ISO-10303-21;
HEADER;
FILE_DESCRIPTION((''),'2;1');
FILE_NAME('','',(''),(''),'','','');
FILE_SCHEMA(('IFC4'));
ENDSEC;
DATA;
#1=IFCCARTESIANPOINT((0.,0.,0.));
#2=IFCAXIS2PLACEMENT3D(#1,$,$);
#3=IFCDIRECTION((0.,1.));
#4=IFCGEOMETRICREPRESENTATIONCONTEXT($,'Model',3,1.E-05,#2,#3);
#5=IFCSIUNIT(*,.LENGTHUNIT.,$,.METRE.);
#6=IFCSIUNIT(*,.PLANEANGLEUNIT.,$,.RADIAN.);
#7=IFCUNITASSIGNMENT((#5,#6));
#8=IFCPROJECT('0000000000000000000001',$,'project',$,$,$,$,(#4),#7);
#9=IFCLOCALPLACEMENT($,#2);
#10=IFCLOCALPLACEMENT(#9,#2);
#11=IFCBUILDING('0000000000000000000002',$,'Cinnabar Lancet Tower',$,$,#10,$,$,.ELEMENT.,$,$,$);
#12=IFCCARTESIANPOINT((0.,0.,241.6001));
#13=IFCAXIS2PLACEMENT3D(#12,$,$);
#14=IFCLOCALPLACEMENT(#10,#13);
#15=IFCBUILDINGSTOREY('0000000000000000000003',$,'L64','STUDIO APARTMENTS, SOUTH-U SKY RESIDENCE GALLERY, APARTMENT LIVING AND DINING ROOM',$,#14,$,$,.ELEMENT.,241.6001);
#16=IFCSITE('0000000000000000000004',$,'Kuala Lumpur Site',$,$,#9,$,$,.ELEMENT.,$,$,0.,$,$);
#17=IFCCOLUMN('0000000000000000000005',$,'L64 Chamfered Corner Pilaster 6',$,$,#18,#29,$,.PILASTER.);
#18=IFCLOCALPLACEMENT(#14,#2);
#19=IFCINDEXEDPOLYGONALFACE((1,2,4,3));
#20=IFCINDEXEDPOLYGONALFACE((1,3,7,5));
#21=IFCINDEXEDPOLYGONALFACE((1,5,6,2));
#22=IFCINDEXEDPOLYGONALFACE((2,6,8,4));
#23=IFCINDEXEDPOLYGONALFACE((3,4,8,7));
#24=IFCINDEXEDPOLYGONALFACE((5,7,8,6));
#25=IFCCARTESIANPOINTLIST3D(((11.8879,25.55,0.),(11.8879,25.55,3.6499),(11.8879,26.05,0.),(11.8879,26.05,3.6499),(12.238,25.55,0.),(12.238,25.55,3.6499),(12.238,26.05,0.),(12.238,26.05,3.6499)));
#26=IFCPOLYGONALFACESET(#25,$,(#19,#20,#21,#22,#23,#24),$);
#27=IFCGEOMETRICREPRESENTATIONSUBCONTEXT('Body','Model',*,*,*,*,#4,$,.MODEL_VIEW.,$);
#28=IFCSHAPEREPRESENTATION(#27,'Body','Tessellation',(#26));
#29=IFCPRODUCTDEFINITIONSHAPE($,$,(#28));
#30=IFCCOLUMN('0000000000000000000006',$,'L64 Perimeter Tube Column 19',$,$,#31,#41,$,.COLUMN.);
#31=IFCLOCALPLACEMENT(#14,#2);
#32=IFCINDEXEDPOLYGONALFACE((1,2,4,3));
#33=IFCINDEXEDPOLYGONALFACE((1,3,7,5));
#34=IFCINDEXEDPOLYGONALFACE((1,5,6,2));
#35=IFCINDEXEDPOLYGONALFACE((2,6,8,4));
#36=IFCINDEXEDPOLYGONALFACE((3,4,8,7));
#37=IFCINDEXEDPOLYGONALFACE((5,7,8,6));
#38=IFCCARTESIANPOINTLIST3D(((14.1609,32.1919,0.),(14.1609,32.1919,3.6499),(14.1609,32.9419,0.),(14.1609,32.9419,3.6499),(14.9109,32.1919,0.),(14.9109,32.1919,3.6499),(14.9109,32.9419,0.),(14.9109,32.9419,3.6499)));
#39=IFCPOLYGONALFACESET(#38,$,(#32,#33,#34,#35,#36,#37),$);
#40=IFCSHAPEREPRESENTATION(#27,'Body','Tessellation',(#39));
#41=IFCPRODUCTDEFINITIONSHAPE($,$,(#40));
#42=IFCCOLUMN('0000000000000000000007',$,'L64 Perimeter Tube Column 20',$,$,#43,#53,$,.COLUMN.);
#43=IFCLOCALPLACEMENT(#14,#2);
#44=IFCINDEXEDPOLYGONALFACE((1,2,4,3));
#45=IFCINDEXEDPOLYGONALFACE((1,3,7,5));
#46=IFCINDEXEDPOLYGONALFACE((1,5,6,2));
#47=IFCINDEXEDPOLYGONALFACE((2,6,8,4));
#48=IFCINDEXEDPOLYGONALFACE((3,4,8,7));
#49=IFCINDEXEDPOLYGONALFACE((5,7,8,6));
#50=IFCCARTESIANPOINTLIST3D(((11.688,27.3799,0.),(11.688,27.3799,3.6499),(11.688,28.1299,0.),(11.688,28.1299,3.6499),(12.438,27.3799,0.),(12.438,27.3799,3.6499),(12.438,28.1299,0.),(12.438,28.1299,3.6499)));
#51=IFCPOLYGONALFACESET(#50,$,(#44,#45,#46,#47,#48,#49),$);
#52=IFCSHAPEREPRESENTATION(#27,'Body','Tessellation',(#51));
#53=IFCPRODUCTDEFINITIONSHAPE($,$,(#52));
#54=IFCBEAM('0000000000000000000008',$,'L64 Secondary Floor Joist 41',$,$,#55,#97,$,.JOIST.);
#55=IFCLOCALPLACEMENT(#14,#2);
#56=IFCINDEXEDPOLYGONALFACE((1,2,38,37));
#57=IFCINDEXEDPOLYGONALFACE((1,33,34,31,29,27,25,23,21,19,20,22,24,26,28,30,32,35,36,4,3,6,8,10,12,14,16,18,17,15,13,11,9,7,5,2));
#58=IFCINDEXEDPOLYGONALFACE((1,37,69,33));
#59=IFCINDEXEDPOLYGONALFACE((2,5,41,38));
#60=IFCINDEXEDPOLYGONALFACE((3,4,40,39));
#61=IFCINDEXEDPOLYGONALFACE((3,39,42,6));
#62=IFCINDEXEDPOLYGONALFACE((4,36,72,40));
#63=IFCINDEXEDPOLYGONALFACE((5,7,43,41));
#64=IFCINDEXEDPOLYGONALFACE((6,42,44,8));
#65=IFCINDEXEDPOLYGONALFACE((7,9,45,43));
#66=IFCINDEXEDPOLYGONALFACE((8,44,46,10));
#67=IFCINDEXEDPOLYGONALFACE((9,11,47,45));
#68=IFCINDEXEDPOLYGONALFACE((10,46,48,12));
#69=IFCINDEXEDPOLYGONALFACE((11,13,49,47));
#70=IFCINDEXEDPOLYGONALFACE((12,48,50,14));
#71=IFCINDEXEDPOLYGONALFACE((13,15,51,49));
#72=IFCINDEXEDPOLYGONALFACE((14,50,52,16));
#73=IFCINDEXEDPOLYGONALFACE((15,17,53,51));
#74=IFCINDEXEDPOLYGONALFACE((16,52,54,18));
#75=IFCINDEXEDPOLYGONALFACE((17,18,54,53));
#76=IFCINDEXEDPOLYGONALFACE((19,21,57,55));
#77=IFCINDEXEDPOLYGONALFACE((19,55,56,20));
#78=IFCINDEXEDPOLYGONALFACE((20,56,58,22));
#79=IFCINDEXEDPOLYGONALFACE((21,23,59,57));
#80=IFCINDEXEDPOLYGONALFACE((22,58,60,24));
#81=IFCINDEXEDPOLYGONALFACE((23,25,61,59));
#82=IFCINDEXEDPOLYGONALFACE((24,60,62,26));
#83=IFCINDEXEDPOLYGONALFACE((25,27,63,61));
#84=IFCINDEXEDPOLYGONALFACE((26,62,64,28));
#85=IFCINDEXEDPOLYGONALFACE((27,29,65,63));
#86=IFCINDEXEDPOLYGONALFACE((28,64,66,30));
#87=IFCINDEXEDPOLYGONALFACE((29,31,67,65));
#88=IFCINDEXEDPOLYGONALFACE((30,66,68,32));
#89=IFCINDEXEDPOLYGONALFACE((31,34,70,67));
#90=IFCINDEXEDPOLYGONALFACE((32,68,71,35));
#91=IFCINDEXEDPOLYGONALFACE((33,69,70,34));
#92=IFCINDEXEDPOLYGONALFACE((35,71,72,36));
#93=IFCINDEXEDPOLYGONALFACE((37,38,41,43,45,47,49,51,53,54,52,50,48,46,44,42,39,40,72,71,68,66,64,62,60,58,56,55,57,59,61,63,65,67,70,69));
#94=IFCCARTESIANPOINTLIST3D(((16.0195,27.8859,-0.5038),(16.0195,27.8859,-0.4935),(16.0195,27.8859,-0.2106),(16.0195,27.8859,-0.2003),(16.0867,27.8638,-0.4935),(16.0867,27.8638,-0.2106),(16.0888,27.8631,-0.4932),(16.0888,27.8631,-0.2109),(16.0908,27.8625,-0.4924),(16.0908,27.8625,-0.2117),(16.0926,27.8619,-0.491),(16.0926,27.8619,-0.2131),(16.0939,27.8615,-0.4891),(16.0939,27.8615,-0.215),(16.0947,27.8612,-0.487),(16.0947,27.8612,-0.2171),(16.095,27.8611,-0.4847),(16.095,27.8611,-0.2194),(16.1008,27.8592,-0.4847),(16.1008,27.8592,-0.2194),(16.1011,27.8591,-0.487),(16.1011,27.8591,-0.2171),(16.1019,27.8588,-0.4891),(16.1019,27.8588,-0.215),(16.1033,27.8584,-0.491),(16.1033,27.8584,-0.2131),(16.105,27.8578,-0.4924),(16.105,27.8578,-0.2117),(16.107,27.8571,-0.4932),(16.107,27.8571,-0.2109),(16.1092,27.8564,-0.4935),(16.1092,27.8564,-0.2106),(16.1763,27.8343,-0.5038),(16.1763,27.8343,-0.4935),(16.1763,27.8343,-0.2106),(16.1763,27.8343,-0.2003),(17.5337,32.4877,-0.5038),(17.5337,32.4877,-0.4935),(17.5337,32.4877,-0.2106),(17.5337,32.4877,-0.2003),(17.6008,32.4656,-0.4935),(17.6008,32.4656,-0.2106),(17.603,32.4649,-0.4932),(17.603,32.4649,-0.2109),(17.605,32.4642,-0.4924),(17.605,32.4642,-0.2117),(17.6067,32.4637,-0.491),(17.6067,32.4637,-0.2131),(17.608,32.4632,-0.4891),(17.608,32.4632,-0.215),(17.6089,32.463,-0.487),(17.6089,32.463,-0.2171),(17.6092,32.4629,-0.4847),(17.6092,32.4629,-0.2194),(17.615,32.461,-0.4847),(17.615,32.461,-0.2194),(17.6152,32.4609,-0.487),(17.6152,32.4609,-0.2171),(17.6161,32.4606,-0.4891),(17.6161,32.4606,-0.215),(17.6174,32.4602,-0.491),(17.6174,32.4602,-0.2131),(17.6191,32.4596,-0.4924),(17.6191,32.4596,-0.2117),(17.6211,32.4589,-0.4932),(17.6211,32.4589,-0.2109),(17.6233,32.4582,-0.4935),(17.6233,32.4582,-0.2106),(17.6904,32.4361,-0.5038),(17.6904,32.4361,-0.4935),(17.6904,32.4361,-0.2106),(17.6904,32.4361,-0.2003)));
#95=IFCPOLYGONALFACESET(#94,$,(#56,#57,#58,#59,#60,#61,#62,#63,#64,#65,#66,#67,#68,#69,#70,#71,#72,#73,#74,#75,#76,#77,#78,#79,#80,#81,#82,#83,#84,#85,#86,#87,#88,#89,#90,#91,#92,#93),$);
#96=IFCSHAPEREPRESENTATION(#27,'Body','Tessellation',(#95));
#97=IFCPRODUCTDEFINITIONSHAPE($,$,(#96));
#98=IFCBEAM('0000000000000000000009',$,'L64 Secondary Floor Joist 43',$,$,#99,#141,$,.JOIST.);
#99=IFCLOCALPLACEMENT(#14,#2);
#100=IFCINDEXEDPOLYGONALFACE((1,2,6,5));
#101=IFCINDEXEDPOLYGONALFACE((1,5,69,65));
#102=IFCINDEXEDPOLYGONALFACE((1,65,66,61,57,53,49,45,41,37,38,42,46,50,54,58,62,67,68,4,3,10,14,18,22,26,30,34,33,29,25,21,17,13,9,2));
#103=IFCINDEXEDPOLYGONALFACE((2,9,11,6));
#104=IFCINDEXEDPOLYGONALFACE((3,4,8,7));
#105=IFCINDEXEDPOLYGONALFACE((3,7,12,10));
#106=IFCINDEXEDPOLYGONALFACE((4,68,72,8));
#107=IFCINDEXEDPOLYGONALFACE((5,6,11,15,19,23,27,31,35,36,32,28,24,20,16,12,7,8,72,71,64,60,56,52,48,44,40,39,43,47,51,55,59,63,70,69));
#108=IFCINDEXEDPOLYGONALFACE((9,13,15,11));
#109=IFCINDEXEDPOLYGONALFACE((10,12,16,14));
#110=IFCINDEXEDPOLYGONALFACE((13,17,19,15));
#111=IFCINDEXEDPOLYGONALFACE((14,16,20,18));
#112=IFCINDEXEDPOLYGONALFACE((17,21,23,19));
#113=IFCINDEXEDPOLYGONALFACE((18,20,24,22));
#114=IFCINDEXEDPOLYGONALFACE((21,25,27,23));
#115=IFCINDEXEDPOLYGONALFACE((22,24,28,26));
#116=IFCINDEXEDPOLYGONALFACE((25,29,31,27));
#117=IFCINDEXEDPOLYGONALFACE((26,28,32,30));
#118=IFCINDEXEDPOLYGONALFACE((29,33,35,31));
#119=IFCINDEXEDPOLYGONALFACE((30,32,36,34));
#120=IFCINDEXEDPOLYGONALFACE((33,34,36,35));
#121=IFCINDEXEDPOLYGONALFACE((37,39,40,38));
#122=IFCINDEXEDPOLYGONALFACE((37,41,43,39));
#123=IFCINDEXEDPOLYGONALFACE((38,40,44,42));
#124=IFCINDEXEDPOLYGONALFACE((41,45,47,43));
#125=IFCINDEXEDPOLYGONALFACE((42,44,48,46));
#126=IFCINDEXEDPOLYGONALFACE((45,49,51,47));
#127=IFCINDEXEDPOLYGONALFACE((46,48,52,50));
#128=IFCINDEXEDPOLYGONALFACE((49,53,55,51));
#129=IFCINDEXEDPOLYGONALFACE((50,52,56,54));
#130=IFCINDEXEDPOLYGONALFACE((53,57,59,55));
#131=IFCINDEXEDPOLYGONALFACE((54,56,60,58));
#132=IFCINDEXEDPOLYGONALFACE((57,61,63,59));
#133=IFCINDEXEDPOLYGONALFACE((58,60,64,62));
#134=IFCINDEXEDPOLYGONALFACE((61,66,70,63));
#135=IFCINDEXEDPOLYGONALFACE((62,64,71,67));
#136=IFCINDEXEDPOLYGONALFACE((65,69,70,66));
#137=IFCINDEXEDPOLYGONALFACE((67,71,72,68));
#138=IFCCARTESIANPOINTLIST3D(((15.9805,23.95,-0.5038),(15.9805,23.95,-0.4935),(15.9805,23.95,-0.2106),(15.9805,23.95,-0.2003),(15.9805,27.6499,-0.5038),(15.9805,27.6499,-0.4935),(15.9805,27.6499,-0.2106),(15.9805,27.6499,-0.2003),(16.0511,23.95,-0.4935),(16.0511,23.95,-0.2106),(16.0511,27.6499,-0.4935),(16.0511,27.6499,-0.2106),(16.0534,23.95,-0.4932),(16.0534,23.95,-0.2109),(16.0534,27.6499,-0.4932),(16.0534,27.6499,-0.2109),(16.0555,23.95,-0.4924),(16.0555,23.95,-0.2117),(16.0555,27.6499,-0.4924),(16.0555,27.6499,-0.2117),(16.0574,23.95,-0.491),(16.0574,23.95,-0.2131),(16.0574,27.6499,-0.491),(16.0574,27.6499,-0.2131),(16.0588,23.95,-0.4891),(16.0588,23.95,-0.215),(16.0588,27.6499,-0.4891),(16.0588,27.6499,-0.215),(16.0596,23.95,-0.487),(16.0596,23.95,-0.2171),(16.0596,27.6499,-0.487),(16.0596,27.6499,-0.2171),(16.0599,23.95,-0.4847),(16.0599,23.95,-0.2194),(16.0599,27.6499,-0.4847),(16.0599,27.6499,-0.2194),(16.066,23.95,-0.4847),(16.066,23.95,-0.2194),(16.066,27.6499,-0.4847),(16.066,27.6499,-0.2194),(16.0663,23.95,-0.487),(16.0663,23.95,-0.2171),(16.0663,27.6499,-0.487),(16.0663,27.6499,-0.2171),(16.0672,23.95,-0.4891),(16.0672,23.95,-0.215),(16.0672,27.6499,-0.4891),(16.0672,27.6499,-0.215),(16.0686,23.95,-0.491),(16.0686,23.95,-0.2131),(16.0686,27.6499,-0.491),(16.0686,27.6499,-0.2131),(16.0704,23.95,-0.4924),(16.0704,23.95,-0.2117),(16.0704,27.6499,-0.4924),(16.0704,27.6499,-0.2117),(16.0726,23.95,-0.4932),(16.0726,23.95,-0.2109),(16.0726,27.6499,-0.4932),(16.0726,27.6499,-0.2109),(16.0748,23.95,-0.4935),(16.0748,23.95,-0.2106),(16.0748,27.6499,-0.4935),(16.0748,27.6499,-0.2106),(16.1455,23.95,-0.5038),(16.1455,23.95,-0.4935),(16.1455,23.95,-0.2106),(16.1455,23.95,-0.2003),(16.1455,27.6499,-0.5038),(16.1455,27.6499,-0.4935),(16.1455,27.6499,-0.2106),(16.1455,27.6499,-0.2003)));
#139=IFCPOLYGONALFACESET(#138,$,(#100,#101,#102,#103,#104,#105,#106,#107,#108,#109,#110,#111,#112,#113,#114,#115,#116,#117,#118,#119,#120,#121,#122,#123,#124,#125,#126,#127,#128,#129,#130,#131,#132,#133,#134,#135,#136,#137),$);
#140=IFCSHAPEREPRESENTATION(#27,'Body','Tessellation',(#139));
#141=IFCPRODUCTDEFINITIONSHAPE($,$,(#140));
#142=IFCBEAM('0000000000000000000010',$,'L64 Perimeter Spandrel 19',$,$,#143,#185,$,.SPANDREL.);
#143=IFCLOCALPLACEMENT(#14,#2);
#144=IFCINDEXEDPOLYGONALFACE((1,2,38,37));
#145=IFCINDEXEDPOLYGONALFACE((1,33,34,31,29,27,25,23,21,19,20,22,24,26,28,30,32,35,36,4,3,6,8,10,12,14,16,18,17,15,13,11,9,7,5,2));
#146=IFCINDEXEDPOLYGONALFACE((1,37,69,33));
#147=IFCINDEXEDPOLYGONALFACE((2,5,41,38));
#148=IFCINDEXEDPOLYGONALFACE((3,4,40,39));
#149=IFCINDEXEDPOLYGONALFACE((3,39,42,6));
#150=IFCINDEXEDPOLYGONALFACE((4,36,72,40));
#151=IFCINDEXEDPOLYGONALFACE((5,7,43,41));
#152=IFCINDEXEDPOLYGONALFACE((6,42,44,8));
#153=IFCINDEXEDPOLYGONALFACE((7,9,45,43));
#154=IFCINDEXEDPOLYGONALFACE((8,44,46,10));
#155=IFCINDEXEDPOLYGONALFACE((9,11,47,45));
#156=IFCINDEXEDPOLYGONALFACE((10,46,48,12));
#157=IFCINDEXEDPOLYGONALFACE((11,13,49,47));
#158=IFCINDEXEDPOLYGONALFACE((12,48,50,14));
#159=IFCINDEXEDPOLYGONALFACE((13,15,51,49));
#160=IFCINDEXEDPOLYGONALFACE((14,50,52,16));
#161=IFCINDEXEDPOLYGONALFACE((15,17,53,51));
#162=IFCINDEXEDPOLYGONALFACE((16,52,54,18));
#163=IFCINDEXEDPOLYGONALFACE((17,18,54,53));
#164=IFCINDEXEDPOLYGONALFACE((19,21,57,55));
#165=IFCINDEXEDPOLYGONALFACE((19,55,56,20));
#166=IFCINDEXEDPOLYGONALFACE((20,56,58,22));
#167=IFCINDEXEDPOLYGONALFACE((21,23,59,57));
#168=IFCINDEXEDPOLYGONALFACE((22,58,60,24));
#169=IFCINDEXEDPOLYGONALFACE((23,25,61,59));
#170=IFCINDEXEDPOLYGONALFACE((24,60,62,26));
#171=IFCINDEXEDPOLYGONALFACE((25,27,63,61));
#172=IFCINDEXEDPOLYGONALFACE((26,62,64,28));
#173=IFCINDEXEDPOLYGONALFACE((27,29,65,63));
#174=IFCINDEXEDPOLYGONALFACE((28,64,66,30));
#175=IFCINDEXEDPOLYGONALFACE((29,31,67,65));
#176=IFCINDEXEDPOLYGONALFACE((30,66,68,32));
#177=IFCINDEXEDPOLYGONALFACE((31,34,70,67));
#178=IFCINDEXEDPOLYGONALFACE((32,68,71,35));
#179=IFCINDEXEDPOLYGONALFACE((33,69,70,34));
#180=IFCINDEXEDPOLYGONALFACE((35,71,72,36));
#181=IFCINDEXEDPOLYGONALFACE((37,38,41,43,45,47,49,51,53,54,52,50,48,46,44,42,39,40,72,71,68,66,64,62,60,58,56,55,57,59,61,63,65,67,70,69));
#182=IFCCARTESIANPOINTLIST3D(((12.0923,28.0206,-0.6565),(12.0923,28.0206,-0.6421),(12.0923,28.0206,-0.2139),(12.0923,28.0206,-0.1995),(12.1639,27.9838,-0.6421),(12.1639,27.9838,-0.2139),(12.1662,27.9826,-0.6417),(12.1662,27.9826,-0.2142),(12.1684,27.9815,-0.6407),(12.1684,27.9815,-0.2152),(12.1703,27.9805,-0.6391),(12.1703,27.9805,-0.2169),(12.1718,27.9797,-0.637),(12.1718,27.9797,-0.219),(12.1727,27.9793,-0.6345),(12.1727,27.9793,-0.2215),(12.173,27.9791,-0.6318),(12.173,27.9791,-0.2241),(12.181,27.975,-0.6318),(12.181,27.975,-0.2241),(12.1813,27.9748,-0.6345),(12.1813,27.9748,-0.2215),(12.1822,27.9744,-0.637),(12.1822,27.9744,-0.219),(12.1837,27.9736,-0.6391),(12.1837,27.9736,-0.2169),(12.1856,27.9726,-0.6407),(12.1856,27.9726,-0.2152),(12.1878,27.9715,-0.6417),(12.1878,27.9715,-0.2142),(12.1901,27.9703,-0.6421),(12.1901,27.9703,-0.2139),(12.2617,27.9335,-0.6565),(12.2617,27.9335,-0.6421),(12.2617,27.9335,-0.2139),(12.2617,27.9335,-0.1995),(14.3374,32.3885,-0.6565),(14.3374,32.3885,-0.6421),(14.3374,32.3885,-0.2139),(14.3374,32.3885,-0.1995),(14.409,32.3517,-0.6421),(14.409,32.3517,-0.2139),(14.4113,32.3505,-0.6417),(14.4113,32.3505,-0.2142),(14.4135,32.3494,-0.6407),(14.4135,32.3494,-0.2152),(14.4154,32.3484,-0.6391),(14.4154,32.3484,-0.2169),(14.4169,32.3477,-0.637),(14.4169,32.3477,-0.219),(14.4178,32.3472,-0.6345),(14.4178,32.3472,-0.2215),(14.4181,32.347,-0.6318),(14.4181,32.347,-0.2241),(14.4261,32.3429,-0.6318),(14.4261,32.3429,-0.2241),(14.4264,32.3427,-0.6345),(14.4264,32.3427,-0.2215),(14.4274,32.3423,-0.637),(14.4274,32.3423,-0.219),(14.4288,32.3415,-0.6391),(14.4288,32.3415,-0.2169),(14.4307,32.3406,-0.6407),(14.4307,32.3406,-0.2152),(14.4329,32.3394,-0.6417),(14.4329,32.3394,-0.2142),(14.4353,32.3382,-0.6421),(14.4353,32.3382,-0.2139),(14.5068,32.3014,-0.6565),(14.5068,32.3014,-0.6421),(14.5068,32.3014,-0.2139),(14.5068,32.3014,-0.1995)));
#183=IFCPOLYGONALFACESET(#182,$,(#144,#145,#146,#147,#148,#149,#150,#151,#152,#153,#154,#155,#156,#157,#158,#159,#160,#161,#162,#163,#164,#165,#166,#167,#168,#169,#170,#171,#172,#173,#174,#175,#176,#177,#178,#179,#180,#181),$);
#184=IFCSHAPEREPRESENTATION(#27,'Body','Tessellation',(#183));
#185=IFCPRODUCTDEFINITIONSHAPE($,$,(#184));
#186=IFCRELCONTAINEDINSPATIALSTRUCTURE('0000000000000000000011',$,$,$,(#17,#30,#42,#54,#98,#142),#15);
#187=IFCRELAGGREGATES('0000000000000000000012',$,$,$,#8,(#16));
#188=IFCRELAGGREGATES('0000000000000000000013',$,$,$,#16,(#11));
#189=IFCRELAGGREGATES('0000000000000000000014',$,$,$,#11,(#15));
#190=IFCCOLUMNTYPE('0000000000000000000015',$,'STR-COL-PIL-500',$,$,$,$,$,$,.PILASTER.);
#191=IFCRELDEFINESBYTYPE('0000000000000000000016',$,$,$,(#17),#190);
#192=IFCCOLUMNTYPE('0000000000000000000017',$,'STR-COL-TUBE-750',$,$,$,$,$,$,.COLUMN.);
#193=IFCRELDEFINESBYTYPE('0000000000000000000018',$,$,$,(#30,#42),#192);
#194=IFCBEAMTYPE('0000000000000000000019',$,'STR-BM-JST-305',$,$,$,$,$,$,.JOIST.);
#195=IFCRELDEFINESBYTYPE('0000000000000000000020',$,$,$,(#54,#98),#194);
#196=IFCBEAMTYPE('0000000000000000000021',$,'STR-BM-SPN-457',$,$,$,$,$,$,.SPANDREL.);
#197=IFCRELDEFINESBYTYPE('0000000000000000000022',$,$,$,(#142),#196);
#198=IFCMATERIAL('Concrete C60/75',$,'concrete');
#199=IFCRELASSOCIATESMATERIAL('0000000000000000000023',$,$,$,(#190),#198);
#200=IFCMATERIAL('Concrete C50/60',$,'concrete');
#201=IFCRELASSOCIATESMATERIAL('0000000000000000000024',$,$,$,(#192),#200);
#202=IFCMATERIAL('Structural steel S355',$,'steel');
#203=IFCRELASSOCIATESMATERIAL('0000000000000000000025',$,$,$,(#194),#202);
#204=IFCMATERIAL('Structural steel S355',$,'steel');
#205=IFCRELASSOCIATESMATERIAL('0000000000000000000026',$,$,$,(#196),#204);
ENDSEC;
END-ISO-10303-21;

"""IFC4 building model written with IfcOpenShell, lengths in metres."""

from ifc_helpers import new_model, si_unit, direction, frame, origin, origin_2d, place, context, subcontext, project, spatial, rectangle, i_section, extrude, material, material_profile, profile_set, type_object, element, save


model = new_model("IFC4")

# Units and contexts
model_context = context("Model", 3, precision=1e-05, world=origin(), true_north=direction((0.0, 1.0)))
body_context = subcontext(model_context, "Body", "Model", "MODEL_VIEW")
ifc_project = project(units=[si_unit("LENGTHUNIT", "METRE"), si_unit("PLANEANGLEUNIT", "RADIAN")], contexts=[model_context])

# Site, building, storey
site_placement = place(None, origin())
site = spatial("IfcSite", under=ifc_project, at=site_placement, Name="Kuala Lumpur Site", CompositionType="ELEMENT", RefElevation=0.0)
building_placement = place(site_placement, origin())
building = spatial("IfcBuilding", under=site, at=building_placement, Name="Cinnabar Lancet Tower", CompositionType="ELEMENT")
storey_placement = place(building_placement, frame((0.0, 0.0, 241.6001)))
storey = spatial("IfcBuildingStorey", under=building, at=storey_placement, Name="L64", Description="STUDIO APARTMENTS, SOUTH-U SKY RESIDENCE GALLERY, APARTMENT LIVING AND DINING ROOM", CompositionType="ELEMENT", Elevation=241.6001)

# Columns
ifc_material_1 = material(Name="Concrete C60/75", Category="concrete")
ifc_material_profile_1 = material_profile(ifc_material_1, rectangle(XDim=0.5, YDim=0.3501, at=origin_2d()), Name="RC-PIL 500x350")
ifc_profile_set_1 = profile_set([ifc_material_profile_1], Name="Concrete C60/75")
column_type_1 = type_object("IfcColumnType", Name="STR-COL-PIL-500", PredefinedType="PILASTER", material=ifc_profile_set_1)
column_placement = place(storey_placement, frame((12.063, 25.8, 0.0), z_axis=(0.0, 0.0, 1.0), x_axis=(0.0, -1.0, 0.0)))
element("IfcColumn", 1, at=column_placement, inside=storey, type_object=column_type_1, Name="L64 Chamfered Corner Pilaster 6", PredefinedType="PILASTER", context=body_context, shape_type="SweptSolid", body=[
    extrude(rectangle(XDim=0.5, YDim=0.3501, at=origin_2d()), origin(), (0.0, 0.0, 1.0), 3.6499),
])
ifc_material_2 = material(Name="Concrete C50/60", Category="concrete")
ifc_material_profile_2 = material_profile(ifc_material_2, rectangle(XDim=0.75, YDim=0.75, at=origin_2d()), Name="RC-COL 750x750")
ifc_profile_set_2 = profile_set([ifc_material_profile_2], Name="Concrete C50/60")
column_type_2 = type_object("IfcColumnType", Name="STR-COL-TUBE-750", PredefinedType="COLUMN", material=ifc_profile_set_2)
for number, where, z_axis, x_axis, name in (
    (2, (14.5359, 32.5669, 0.0), (0.0, 0.0, 1.0), (1.0, 0.0, 0.0), "L64 Perimeter Tube Column 19"),
    (3, (12.063, 27.7549, 0.0), (0.0, 0.0, 1.0), (1.0, 0.0, 0.0), "L64 Perimeter Tube Column 20"),
):
    element("IfcColumn", number, at=place(storey_placement, frame(where, z_axis=z_axis, x_axis=x_axis)), inside=storey, type_object=column_type_2, Name=name, PredefinedType="COLUMN", context=body_context, shape_type="SweptSolid", body=[
        extrude(rectangle(XDim=0.75, YDim=0.75, at=origin_2d()), origin(), (0.0, 0.0, 1.0), 3.6499),
    ])

# Beams
ifc_material_3 = material(Name="Structural steel S355", Category="steel")
ifc_material_profile_3 = material_profile(ifc_material_3, i_section(OverallWidth=0.165, OverallDepth=0.3035, WebThickness=0.0061, FlangeThickness=0.0103, FilletRadius=0.0088, at=origin_2d()), Name="UKB 305x165x40")
ifc_profile_set_3 = profile_set([ifc_material_profile_3], Name="Structural steel S355")
beam_type_1 = type_object("IfcBeamType", Name="STR-BM-JST-305", PredefinedType="JOIST", material=ifc_profile_set_3)
beam_1_placement = place(storey_placement, frame((17.6121, 32.4619, -0.3521), z_axis=(-0.312552, -0.949901, 0.0), x_axis=(0.949901, -0.312552, 0.0)))
element("IfcBeam", 4, at=beam_1_placement, inside=storey, type_object=beam_type_1, Name="L64 Secondary Floor Joist 41", PredefinedType="JOIST", context=body_context, shape_type="SweptSolid", body=[
    extrude(i_section(OverallWidth=0.165, OverallDepth=0.3035, WebThickness=0.0061, FlangeThickness=0.0103, FilletRadius=0.0088, at=origin_2d()), origin(), (0.0, 0.0, 1.0), 4.8445),
])
beam_2_placement = place(storey_placement, frame((16.063, 27.6499, -0.3521), z_axis=(0.0, -1.0, 0.0), x_axis=(1.0, 0.0, 0.0)))
element("IfcBeam", 5, at=beam_2_placement, inside=storey, type_object=beam_type_1, Name="L64 Secondary Floor Joist 43", PredefinedType="JOIST", context=body_context, shape_type="SweptSolid", body=[
    extrude(i_section(OverallWidth=0.165, OverallDepth=0.3035, WebThickness=0.0061, FlangeThickness=0.0103, FilletRadius=0.0088, at=origin_2d()), origin(), (0.0, 0.0, 1.0), 3.7),
])
ifc_material_4 = material(Name="Structural steel S355", Category="steel")
ifc_material_profile_4 = material_profile(ifc_material_4, i_section(OverallWidth=0.1904, OverallDepth=0.457, WebThickness=0.009, FlangeThickness=0.0144, FilletRadius=0.0103, at=origin_2d()), Name="UKB 457x191x74")
ifc_profile_set_4 = profile_set([ifc_material_profile_4], Name="Structural steel S355")
beam_type_2 = type_object("IfcBeamType", Name="STR-BM-SPN-457", PredefinedType="SPANDREL", material=ifc_profile_set_4)
beam_3_placement = place(storey_placement, frame((14.4221, 32.345, -0.428), z_axis=(-0.457148, -0.889391, 0.0), x_axis=(0.889391, -0.457148, 0.0)))
element("IfcBeam", 6, at=beam_3_placement, inside=storey, type_object=beam_type_2, Name="L64 Perimeter Spandrel 19", PredefinedType="SPANDREL", context=body_context, shape_type="SweptSolid", body=[
    extrude(i_section(OverallWidth=0.1904, OverallDepth=0.457, WebThickness=0.009, FlangeThickness=0.0144, FilletRadius=0.0103, at=origin_2d()), origin(), (0.0, 0.0, 1.0), 4.9111),
])

save(model, "model.ifc")
